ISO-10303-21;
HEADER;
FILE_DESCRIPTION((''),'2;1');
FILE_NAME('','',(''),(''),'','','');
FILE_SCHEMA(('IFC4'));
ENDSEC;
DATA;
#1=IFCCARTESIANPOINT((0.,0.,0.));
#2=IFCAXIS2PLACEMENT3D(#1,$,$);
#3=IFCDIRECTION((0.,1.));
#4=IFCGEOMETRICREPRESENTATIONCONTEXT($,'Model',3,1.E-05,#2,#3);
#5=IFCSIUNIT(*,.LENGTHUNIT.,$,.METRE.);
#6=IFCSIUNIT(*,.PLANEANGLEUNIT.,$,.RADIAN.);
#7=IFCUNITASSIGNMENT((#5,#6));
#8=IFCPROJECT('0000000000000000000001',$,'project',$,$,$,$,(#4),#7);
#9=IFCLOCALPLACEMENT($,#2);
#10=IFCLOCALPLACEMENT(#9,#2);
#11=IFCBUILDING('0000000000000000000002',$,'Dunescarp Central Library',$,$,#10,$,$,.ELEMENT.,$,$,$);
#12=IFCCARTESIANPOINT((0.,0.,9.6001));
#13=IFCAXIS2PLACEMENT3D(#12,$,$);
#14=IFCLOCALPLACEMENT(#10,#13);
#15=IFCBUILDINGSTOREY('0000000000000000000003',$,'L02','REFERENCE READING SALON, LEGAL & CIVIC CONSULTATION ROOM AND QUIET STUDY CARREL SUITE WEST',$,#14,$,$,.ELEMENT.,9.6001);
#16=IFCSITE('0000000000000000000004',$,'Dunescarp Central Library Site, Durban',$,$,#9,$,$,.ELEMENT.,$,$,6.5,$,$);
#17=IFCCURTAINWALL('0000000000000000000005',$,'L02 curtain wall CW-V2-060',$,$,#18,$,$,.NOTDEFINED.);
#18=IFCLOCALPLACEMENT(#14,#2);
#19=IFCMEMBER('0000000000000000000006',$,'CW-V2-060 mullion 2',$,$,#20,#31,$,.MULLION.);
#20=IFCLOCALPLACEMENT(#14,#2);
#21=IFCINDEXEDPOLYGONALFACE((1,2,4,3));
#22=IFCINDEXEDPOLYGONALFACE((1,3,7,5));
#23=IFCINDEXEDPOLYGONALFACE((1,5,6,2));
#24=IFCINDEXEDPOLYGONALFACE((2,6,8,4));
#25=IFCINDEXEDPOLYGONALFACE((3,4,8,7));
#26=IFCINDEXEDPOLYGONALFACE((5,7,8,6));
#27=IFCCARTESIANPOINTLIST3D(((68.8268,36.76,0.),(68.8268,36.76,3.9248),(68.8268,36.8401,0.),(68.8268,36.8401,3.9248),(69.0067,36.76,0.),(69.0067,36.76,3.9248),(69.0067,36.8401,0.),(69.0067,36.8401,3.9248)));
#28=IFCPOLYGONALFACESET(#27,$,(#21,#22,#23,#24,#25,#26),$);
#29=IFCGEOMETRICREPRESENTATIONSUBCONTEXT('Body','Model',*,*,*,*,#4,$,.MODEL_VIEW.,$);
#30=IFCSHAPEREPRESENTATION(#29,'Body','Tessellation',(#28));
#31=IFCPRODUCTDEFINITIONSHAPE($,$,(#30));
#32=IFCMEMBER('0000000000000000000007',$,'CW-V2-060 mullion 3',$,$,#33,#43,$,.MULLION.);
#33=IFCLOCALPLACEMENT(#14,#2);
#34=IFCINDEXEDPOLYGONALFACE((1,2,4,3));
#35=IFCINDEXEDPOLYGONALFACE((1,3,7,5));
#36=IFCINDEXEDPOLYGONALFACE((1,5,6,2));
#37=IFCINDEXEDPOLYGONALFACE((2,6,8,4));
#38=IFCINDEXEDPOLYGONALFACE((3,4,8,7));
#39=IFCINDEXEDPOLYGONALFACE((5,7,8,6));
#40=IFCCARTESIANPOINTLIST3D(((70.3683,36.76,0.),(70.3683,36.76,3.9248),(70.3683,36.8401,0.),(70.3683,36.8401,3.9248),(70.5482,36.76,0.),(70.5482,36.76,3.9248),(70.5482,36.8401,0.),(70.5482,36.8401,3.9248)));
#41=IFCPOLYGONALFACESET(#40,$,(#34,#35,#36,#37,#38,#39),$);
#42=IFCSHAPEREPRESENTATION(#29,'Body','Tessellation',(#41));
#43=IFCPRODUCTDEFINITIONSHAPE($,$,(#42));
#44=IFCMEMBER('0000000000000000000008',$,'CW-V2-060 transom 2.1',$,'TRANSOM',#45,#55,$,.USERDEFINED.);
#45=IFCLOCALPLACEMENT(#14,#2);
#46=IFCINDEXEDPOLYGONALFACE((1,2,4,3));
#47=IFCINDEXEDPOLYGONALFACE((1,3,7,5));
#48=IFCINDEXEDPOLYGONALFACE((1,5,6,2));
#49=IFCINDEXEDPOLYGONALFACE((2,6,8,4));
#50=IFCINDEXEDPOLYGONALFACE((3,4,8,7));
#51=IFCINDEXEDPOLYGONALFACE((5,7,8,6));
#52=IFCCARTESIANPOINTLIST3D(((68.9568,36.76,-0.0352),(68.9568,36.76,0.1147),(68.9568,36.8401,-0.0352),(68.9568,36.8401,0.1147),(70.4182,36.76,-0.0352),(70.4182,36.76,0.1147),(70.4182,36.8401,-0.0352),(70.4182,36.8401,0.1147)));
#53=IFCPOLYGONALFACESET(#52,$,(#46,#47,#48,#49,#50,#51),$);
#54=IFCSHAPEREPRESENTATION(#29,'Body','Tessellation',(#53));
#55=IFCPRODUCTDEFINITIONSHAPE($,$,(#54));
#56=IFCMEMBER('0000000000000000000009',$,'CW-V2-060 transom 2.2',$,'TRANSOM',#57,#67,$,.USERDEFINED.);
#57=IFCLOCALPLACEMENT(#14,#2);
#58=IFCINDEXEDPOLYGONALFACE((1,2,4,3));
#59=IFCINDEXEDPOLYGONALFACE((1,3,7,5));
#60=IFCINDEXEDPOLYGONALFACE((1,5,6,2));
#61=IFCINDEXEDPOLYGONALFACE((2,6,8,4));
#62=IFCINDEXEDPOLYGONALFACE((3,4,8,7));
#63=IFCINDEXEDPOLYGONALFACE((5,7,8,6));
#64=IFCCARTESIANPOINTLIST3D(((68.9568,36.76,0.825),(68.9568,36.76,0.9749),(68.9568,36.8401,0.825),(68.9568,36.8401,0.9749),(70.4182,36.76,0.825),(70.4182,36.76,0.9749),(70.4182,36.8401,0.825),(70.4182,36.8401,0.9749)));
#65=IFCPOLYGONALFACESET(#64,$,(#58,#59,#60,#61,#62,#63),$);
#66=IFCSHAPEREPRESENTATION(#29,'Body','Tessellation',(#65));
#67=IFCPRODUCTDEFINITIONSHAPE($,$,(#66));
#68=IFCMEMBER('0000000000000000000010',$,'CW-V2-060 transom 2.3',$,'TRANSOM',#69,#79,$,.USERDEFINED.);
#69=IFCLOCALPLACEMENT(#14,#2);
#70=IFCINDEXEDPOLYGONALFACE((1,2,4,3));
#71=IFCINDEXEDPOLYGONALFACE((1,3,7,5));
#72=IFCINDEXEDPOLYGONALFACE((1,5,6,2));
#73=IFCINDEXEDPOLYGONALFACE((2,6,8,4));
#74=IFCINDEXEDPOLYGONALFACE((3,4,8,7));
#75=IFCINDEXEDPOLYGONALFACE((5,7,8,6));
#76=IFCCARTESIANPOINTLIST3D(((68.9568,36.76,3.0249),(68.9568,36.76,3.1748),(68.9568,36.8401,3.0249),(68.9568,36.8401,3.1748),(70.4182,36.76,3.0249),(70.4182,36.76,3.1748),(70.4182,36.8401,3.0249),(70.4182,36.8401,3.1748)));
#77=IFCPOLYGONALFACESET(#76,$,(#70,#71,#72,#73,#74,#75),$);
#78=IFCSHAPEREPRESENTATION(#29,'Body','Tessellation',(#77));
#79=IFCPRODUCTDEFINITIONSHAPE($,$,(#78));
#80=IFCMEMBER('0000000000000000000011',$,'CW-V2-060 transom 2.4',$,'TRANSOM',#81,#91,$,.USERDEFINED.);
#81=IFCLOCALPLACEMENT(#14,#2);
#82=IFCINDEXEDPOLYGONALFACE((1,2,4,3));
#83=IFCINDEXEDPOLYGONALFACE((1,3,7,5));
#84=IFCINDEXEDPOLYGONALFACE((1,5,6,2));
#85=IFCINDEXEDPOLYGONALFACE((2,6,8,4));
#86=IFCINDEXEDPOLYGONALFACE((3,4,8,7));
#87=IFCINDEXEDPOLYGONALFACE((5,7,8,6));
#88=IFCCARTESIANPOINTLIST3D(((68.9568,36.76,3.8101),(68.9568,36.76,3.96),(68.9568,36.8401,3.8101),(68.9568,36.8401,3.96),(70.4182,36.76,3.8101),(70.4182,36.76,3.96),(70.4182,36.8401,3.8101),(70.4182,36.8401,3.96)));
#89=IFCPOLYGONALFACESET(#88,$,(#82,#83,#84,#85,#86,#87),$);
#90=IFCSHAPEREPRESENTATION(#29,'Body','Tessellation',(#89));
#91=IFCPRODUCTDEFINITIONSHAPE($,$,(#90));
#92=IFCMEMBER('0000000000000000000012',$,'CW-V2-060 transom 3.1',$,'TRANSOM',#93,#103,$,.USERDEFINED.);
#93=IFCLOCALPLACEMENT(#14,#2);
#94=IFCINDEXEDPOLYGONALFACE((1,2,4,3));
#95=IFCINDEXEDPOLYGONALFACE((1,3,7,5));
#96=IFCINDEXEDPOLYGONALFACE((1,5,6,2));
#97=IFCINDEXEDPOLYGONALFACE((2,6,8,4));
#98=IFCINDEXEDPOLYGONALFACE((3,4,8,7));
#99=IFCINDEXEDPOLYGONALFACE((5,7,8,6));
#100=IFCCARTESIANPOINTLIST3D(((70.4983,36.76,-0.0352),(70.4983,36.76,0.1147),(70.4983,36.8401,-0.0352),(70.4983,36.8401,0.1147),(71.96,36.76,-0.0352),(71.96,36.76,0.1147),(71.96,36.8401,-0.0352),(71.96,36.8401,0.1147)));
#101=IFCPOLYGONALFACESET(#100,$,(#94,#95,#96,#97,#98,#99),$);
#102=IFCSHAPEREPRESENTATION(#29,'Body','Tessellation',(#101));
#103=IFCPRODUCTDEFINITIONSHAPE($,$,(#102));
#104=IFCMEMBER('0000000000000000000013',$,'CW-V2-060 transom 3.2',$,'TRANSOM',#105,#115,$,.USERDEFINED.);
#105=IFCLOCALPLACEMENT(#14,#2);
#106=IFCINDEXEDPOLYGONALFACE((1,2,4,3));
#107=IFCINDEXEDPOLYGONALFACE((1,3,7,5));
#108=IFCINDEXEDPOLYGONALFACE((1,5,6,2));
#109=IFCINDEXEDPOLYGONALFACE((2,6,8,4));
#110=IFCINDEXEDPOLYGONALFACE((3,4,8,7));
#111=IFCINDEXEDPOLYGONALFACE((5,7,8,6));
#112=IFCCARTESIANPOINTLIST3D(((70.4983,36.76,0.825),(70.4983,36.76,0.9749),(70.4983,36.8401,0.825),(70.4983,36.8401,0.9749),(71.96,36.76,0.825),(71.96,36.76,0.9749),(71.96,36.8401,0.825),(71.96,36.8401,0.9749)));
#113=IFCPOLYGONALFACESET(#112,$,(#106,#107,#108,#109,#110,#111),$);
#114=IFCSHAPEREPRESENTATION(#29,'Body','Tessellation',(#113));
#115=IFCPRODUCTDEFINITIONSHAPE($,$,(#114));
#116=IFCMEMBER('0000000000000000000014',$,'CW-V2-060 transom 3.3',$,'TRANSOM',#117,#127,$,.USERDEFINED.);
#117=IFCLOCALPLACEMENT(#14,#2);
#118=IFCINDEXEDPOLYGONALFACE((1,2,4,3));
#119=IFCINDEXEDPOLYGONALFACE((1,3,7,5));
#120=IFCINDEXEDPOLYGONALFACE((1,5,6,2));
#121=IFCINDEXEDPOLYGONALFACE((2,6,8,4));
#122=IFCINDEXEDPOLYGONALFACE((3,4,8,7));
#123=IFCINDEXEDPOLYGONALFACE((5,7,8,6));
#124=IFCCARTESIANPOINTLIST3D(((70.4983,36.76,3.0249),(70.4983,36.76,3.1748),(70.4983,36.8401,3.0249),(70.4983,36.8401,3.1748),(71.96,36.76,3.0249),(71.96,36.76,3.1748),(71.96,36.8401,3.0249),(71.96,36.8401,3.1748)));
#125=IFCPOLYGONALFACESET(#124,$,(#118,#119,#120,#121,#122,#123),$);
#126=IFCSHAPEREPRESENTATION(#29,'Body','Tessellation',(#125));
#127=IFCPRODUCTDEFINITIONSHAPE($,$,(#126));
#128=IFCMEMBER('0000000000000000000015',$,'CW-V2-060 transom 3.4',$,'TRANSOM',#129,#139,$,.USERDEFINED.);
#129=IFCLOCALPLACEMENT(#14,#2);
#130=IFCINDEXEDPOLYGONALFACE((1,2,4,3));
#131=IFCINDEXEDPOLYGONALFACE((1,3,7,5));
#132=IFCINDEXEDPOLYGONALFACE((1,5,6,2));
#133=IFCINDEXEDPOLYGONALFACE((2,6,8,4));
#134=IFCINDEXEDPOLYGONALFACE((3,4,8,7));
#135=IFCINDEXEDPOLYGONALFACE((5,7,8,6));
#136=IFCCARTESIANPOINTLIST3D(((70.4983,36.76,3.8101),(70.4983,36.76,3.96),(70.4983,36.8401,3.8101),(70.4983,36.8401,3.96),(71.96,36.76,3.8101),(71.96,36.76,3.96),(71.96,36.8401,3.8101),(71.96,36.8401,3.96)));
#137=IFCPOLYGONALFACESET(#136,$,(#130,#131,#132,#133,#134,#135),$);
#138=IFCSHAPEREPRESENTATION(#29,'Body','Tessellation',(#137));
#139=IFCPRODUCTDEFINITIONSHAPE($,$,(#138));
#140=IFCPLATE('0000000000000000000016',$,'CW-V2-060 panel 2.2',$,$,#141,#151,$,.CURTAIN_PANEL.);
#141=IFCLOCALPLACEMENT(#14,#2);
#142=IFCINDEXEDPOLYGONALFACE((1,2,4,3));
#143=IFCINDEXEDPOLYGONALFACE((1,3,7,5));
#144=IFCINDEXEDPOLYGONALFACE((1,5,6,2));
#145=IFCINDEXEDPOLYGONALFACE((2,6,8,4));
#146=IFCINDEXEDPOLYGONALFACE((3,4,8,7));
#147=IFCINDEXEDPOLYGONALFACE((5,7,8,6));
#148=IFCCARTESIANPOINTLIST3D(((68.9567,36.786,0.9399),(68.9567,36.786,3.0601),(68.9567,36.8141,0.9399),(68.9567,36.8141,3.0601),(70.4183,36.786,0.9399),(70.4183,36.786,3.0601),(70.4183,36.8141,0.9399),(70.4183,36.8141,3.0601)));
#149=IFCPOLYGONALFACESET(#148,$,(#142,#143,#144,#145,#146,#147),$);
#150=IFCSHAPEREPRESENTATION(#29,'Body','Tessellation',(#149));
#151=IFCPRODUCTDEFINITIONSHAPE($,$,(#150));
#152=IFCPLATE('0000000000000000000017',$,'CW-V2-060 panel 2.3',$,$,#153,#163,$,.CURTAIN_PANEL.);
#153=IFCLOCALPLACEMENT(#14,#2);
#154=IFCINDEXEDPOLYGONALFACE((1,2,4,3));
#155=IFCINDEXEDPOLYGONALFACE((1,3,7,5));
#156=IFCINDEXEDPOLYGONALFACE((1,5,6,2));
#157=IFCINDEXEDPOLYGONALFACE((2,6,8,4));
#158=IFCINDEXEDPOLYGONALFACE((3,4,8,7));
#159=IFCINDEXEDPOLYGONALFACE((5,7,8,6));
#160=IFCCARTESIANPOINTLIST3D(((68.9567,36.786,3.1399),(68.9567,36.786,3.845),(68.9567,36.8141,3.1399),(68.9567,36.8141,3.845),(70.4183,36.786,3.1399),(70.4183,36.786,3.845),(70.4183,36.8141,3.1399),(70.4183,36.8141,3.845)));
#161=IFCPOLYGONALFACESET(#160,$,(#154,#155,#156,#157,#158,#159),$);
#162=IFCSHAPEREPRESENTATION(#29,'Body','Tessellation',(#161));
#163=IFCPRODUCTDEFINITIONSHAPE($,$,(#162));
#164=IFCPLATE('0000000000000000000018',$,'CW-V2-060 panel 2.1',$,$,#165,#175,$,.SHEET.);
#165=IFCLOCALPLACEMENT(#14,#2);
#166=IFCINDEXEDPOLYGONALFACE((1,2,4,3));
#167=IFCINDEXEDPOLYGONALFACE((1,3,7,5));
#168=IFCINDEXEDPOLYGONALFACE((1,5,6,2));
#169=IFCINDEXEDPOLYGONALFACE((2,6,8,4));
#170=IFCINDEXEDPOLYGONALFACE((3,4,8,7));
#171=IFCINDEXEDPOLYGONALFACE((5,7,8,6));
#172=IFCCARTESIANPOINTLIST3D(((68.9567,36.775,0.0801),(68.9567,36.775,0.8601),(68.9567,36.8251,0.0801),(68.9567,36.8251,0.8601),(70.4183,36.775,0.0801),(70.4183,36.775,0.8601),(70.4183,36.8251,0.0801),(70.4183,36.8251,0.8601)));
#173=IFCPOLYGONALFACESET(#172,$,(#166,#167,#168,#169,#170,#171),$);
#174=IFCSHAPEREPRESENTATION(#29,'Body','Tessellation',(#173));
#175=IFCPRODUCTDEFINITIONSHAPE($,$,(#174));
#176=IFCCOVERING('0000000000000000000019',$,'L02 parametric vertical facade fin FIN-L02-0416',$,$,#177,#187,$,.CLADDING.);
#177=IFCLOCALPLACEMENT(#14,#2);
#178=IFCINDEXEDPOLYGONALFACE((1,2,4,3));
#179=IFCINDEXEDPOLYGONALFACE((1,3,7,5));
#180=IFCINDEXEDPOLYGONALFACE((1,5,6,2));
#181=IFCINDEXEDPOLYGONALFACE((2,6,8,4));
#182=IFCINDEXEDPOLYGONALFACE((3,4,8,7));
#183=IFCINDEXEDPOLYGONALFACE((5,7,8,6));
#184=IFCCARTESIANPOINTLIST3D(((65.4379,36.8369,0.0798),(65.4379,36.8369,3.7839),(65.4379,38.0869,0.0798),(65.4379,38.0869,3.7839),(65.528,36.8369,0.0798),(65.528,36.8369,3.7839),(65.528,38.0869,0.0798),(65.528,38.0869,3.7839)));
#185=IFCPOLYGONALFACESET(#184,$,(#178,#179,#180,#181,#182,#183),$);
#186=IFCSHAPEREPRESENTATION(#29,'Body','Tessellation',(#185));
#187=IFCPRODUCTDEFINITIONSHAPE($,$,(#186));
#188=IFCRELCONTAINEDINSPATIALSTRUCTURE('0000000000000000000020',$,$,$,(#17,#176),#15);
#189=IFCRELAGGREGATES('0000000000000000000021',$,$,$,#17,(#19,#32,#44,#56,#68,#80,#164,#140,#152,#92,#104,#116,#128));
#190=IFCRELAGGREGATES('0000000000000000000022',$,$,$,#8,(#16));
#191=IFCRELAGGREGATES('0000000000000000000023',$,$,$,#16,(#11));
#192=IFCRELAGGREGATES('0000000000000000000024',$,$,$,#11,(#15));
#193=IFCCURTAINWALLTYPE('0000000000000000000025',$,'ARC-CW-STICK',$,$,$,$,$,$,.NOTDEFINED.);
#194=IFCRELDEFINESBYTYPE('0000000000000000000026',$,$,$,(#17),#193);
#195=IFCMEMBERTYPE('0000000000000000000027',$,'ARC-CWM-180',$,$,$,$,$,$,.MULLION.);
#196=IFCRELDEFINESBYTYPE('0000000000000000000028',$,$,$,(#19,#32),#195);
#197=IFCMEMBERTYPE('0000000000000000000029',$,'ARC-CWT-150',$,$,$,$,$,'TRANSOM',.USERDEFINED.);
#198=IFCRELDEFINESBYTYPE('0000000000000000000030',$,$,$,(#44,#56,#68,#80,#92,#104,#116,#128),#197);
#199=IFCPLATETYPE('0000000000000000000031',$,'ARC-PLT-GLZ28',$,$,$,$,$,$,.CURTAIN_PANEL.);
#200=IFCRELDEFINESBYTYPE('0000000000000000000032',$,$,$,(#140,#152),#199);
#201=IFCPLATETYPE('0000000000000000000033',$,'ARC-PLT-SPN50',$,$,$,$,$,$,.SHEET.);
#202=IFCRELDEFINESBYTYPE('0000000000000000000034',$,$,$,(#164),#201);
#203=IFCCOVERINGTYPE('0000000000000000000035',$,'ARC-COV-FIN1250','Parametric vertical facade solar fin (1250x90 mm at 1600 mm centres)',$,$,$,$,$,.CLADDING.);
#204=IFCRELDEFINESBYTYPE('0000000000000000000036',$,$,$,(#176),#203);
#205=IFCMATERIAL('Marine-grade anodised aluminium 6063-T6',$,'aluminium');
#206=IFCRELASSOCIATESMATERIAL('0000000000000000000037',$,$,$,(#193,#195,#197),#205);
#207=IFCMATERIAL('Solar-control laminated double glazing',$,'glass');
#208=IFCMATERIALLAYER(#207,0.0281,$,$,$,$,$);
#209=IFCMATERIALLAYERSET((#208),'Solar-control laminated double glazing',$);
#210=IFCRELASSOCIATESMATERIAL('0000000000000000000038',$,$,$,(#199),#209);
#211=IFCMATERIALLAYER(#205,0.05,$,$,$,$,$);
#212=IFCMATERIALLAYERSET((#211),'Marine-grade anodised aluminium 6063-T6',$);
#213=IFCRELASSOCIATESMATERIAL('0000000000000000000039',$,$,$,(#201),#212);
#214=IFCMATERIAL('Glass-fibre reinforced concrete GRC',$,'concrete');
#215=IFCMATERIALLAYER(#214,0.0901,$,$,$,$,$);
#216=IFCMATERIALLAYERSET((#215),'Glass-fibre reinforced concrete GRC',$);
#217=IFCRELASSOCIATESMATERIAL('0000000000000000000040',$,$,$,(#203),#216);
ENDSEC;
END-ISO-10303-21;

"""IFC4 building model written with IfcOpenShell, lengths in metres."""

from ifc_helpers import new_model, si_unit, direction, frame, origin, origin_2d, place, context, subcontext, project, spatial, rectangle, extrude, material, layer, layer_set, material_profile, profile_set, type_object, element, aggregate, save


model = new_model("IFC4")

# Units and contexts
model_context = context("Model", 3, precision=1e-05, world=origin(), true_north=direction((0.0, 1.0)))
body_context = subcontext(model_context, "Body", "Model", "MODEL_VIEW")
ifc_project = project(units=[si_unit("LENGTHUNIT", "METRE"), si_unit("PLANEANGLEUNIT", "RADIAN")], contexts=[model_context])

# Site, building, storey
site_placement = place(None, origin())
site = spatial("IfcSite", under=ifc_project, at=site_placement, Name="Dunescarp Central Library Site, Durban", CompositionType="ELEMENT", RefElevation=6.5)
building_placement = place(site_placement, origin())
building = spatial("IfcBuilding", under=site, at=building_placement, Name="Dunescarp Central Library", CompositionType="ELEMENT")
storey_placement = place(building_placement, frame((0.0, 0.0, 9.6001)))
storey = spatial("IfcBuildingStorey", under=building, at=storey_placement, Name="L02", Description="REFERENCE READING SALON, LEGAL & CIVIC CONSULTATION ROOM AND QUIET STUDY CARREL SUITE WEST", CompositionType="ELEMENT", Elevation=9.6001)

# Curtain wall, members, plates
ifc_material_1 = material(Name="Marine-grade anodised aluminium 6063-T6", Category="aluminium")
curtain_wall_type = type_object("IfcCurtainWallType", Name="ARC-CW-STICK", PredefinedType="NOTDEFINED", material=ifc_material_1)
curtain_wall_placement = place(storey_placement, origin())
curtain_wall = element("IfcCurtainWall", 1, at=curtain_wall_placement, inside=storey, type_object=curtain_wall_type, Name="L02 curtain wall CW-V2-060", PredefinedType="NOTDEFINED")
ifc_material_profile_1 = material_profile(ifc_material_1, rectangle(XDim=0.0801, YDim=0.1799, at=origin_2d()), Name="AL 80x180")
ifc_profile_set_1 = profile_set([ifc_material_profile_1], Name="Marine-grade anodised aluminium 6063-T6")
member_type_1 = type_object("IfcMemberType", Name="ARC-CWM-180", PredefinedType="MULLION", material=ifc_profile_set_1)
member_1_placement = place(storey_placement, frame((68.9167, 36.8, 0.0), z_axis=(0.0, 0.0, 1.0), x_axis=(0.0, 1.0, 0.0)))
member_1 = element("IfcMember", 2, at=member_1_placement, type_object=member_type_1, Name="CW-V2-060 mullion 2", PredefinedType="MULLION", context=body_context, shape_type="SweptSolid", body=[
    extrude(rectangle(XDim=0.0801, YDim=0.1799, at=origin_2d()), origin(), (0.0, 0.0, 1.0), 3.9248),
])
member_2_placement = place(storey_placement, frame((70.4583, 36.8, 0.0), z_axis=(0.0, 0.0, 1.0), x_axis=(0.0, 1.0, 0.0)))
member_2 = element("IfcMember", 3, at=member_2_placement, type_object=member_type_1, Name="CW-V2-060 mullion 3", PredefinedType="MULLION", context=body_context, shape_type="SweptSolid", body=[
    extrude(rectangle(XDim=0.0801, YDim=0.1799, at=origin_2d()), origin(), (0.0, 0.0, 1.0), 3.9248),
])
ifc_material_profile_2 = material_profile(ifc_material_1, rectangle(XDim=0.0801, YDim=0.1499, at=origin_2d()), Name="AL 80x150")
ifc_profile_set_2 = profile_set([ifc_material_profile_2], Name="Marine-grade anodised aluminium 6063-T6")
member_type_2 = type_object("IfcMemberType", Name="ARC-CWT-150", ElementType="TRANSOM", PredefinedType="USERDEFINED", material=ifc_profile_set_2)
member_3_placement = place(storey_placement, frame((68.9568, 36.8, 0.0398), z_axis=(1.0, 0.0, 0.0), x_axis=(0.0, 1.0, 0.0)))
member_3 = element("IfcMember", 4, at=member_3_placement, type_object=member_type_2, Name="CW-V2-060 transom 2.1", ObjectType="TRANSOM", PredefinedType="USERDEFINED", context=body_context, shape_type="SweptSolid", body=[
    extrude(rectangle(XDim=0.0801, YDim=0.1499, at=origin_2d()), origin(), (0.0, 0.0, 1.0), 1.4614),
])
member_4_placement = place(storey_placement, frame((68.9568, 36.8, 0.8999), z_axis=(1.0, 0.0, 0.0), x_axis=(0.0, 1.0, 0.0)))
member_4 = element("IfcMember", 5, at=member_4_placement, type_object=member_type_2, Name="CW-V2-060 transom 2.2", ObjectType="TRANSOM", PredefinedType="USERDEFINED", context=body_context, shape_type="SweptSolid", body=[
    extrude(rectangle(XDim=0.0801, YDim=0.1499, at=origin_2d()), origin(), (0.0, 0.0, 1.0), 1.4614),
])
member_5_placement = place(storey_placement, frame((68.9568, 36.8, 3.0999), z_axis=(1.0, 0.0, 0.0), x_axis=(0.0, 1.0, 0.0)))
member_5 = element("IfcMember", 6, at=member_5_placement, type_object=member_type_2, Name="CW-V2-060 transom 2.3", ObjectType="TRANSOM", PredefinedType="USERDEFINED", context=body_context, shape_type="SweptSolid", body=[
    extrude(rectangle(XDim=0.0801, YDim=0.1499, at=origin_2d()), origin(), (0.0, 0.0, 1.0), 1.4614),
])
member_6_placement = place(storey_placement, frame((68.9568, 36.8, 3.885), z_axis=(1.0, 0.0, 0.0), x_axis=(0.0, 1.0, 0.0)))
member_6 = element("IfcMember", 7, at=member_6_placement, type_object=member_type_2, Name="CW-V2-060 transom 2.4", ObjectType="TRANSOM", PredefinedType="USERDEFINED", context=body_context, shape_type="SweptSolid", body=[
    extrude(rectangle(XDim=0.0801, YDim=0.1499, at=origin_2d()), origin(), (0.0, 0.0, 1.0), 1.4614),
])
member_7_placement = place(storey_placement, frame((70.4983, 36.8, 0.0398), z_axis=(1.0, 0.0, 0.0), x_axis=(0.0, 1.0, 0.0)))
member_7 = element("IfcMember", 8, at=member_7_placement, type_object=member_type_2, Name="CW-V2-060 transom 3.1", ObjectType="TRANSOM", PredefinedType="USERDEFINED", context=body_context, shape_type="SweptSolid", body=[
    extrude(rectangle(XDim=0.0801, YDim=0.1499, at=origin_2d()), origin(), (0.0, 0.0, 1.0), 1.4617),
])
member_8_placement = place(storey_placement, frame((70.4983, 36.8, 0.8999), z_axis=(1.0, 0.0, 0.0), x_axis=(0.0, 1.0, 0.0)))
member_8 = element("IfcMember", 9, at=member_8_placement, type_object=member_type_2, Name="CW-V2-060 transom 3.2", ObjectType="TRANSOM", PredefinedType="USERDEFINED", context=body_context, shape_type="SweptSolid", body=[
    extrude(rectangle(XDim=0.0801, YDim=0.1499, at=origin_2d()), origin(), (0.0, 0.0, 1.0), 1.4617),
])
member_9_placement = place(storey_placement, frame((70.4983, 36.8, 3.0999), z_axis=(1.0, 0.0, 0.0), x_axis=(0.0, 1.0, 0.0)))
member_9 = element("IfcMember", 10, at=member_9_placement, type_object=member_type_2, Name="CW-V2-060 transom 3.3", ObjectType="TRANSOM", PredefinedType="USERDEFINED", context=body_context, shape_type="SweptSolid", body=[
    extrude(rectangle(XDim=0.0801, YDim=0.1499, at=origin_2d()), origin(), (0.0, 0.0, 1.0), 1.4617),
])
member_10_placement = place(storey_placement, frame((70.4983, 36.8, 3.885), z_axis=(1.0, 0.0, 0.0), x_axis=(0.0, 1.0, 0.0)))
member_10 = element("IfcMember", 11, at=member_10_placement, type_object=member_type_2, Name="CW-V2-060 transom 3.4", ObjectType="TRANSOM", PredefinedType="USERDEFINED", context=body_context, shape_type="SweptSolid", body=[
    extrude(rectangle(XDim=0.0801, YDim=0.1499, at=origin_2d()), origin(), (0.0, 0.0, 1.0), 1.4617),
])
ifc_material_2 = material(Name="Solar-control laminated double glazing", Category="glass")
ifc_layer_1 = layer(ifc_material_2, 0.0281)
ifc_layer_set_1 = layer_set([ifc_layer_1], Name="Solar-control laminated double glazing")
plate_type_1 = type_object("IfcPlateType", Name="ARC-PLT-GLZ28", PredefinedType="CURTAIN_PANEL", material=ifc_layer_set_1)
plate_1_placement = place(storey_placement, frame((69.6875, 36.8, 0.9399), z_axis=(0.0, 0.0, 1.0), x_axis=(1.0, 0.0, 0.0)))
plate_1 = element("IfcPlate", 12, at=plate_1_placement, type_object=plate_type_1, Name="CW-V2-060 panel 2.2", PredefinedType="CURTAIN_PANEL", context=body_context, shape_type="SweptSolid", body=[
    extrude(rectangle(XDim=1.4617, YDim=0.0281, at=origin_2d()), origin(), (0.0, 0.0, 1.0), 2.1201),
])
plate_2_placement = place(storey_placement, frame((69.6875, 36.8, 3.1399), z_axis=(0.0, 0.0, 1.0), x_axis=(1.0, 0.0, 0.0)))
plate_2 = element("IfcPlate", 13, at=plate_2_placement, type_object=plate_type_1, Name="CW-V2-060 panel 2.3", PredefinedType="CURTAIN_PANEL", context=body_context, shape_type="SweptSolid", body=[
    extrude(rectangle(XDim=1.4617, YDim=0.0281, at=origin_2d()), origin(), (0.0, 0.0, 1.0), 0.7051),
])
ifc_layer_2 = layer(ifc_material_1, 0.05)
ifc_layer_set_2 = layer_set([ifc_layer_2], Name="Marine-grade anodised aluminium 6063-T6")
plate_type_2 = type_object("IfcPlateType", Name="ARC-PLT-SPN50", PredefinedType="SHEET", material=ifc_layer_set_2)
plate_3_placement = place(storey_placement, frame((69.6875, 36.8, 0.0801), z_axis=(0.0, 0.0, 1.0), x_axis=(1.0, 0.0, 0.0)))
plate_3 = element("IfcPlate", 14, at=plate_3_placement, type_object=plate_type_2, Name="CW-V2-060 panel 2.1", PredefinedType="SHEET", context=body_context, shape_type="SweptSolid", body=[
    extrude(rectangle(XDim=1.4617, YDim=0.05, at=origin_2d()), origin(), (0.0, 0.0, 1.0), 0.78),
])
aggregate(curtain_wall, [member_1, member_2, member_3, member_4, member_5, member_6, plate_3, plate_1, plate_2, member_7, member_8, member_9, member_10])

# Covering
ifc_material_3 = material(Name="Glass-fibre reinforced concrete GRC", Category="concrete")
ifc_layer_3 = layer(ifc_material_3, 0.0901)
ifc_layer_set_3 = layer_set([ifc_layer_3], Name="Glass-fibre reinforced concrete GRC")
covering_type = type_object("IfcCoveringType", Name="ARC-COV-FIN1250", Description="Parametric vertical facade solar fin (1250x90 mm at 1600 mm centres)", PredefinedType="CLADDING", material=ifc_layer_set_3)
covering_1_placement = place(storey_placement, frame((65.4829, 37.4619, 0.0798), z_axis=(0.0, 0.0, 1.0), x_axis=(0.0, 1.0, 0.0)))
element("IfcCovering", 15, at=covering_1_placement, inside=storey, type_object=covering_type, Name="L02 parametric vertical facade fin FIN-L02-0416", PredefinedType="CLADDING", context=body_context, shape_type="SweptSolid", body=[
    extrude(rectangle(XDim=1.25, YDim=0.0901, at=origin_2d()), origin(), (0.0, 0.0, 1.0), 3.7041),
])

save(model, "model.ifc")
